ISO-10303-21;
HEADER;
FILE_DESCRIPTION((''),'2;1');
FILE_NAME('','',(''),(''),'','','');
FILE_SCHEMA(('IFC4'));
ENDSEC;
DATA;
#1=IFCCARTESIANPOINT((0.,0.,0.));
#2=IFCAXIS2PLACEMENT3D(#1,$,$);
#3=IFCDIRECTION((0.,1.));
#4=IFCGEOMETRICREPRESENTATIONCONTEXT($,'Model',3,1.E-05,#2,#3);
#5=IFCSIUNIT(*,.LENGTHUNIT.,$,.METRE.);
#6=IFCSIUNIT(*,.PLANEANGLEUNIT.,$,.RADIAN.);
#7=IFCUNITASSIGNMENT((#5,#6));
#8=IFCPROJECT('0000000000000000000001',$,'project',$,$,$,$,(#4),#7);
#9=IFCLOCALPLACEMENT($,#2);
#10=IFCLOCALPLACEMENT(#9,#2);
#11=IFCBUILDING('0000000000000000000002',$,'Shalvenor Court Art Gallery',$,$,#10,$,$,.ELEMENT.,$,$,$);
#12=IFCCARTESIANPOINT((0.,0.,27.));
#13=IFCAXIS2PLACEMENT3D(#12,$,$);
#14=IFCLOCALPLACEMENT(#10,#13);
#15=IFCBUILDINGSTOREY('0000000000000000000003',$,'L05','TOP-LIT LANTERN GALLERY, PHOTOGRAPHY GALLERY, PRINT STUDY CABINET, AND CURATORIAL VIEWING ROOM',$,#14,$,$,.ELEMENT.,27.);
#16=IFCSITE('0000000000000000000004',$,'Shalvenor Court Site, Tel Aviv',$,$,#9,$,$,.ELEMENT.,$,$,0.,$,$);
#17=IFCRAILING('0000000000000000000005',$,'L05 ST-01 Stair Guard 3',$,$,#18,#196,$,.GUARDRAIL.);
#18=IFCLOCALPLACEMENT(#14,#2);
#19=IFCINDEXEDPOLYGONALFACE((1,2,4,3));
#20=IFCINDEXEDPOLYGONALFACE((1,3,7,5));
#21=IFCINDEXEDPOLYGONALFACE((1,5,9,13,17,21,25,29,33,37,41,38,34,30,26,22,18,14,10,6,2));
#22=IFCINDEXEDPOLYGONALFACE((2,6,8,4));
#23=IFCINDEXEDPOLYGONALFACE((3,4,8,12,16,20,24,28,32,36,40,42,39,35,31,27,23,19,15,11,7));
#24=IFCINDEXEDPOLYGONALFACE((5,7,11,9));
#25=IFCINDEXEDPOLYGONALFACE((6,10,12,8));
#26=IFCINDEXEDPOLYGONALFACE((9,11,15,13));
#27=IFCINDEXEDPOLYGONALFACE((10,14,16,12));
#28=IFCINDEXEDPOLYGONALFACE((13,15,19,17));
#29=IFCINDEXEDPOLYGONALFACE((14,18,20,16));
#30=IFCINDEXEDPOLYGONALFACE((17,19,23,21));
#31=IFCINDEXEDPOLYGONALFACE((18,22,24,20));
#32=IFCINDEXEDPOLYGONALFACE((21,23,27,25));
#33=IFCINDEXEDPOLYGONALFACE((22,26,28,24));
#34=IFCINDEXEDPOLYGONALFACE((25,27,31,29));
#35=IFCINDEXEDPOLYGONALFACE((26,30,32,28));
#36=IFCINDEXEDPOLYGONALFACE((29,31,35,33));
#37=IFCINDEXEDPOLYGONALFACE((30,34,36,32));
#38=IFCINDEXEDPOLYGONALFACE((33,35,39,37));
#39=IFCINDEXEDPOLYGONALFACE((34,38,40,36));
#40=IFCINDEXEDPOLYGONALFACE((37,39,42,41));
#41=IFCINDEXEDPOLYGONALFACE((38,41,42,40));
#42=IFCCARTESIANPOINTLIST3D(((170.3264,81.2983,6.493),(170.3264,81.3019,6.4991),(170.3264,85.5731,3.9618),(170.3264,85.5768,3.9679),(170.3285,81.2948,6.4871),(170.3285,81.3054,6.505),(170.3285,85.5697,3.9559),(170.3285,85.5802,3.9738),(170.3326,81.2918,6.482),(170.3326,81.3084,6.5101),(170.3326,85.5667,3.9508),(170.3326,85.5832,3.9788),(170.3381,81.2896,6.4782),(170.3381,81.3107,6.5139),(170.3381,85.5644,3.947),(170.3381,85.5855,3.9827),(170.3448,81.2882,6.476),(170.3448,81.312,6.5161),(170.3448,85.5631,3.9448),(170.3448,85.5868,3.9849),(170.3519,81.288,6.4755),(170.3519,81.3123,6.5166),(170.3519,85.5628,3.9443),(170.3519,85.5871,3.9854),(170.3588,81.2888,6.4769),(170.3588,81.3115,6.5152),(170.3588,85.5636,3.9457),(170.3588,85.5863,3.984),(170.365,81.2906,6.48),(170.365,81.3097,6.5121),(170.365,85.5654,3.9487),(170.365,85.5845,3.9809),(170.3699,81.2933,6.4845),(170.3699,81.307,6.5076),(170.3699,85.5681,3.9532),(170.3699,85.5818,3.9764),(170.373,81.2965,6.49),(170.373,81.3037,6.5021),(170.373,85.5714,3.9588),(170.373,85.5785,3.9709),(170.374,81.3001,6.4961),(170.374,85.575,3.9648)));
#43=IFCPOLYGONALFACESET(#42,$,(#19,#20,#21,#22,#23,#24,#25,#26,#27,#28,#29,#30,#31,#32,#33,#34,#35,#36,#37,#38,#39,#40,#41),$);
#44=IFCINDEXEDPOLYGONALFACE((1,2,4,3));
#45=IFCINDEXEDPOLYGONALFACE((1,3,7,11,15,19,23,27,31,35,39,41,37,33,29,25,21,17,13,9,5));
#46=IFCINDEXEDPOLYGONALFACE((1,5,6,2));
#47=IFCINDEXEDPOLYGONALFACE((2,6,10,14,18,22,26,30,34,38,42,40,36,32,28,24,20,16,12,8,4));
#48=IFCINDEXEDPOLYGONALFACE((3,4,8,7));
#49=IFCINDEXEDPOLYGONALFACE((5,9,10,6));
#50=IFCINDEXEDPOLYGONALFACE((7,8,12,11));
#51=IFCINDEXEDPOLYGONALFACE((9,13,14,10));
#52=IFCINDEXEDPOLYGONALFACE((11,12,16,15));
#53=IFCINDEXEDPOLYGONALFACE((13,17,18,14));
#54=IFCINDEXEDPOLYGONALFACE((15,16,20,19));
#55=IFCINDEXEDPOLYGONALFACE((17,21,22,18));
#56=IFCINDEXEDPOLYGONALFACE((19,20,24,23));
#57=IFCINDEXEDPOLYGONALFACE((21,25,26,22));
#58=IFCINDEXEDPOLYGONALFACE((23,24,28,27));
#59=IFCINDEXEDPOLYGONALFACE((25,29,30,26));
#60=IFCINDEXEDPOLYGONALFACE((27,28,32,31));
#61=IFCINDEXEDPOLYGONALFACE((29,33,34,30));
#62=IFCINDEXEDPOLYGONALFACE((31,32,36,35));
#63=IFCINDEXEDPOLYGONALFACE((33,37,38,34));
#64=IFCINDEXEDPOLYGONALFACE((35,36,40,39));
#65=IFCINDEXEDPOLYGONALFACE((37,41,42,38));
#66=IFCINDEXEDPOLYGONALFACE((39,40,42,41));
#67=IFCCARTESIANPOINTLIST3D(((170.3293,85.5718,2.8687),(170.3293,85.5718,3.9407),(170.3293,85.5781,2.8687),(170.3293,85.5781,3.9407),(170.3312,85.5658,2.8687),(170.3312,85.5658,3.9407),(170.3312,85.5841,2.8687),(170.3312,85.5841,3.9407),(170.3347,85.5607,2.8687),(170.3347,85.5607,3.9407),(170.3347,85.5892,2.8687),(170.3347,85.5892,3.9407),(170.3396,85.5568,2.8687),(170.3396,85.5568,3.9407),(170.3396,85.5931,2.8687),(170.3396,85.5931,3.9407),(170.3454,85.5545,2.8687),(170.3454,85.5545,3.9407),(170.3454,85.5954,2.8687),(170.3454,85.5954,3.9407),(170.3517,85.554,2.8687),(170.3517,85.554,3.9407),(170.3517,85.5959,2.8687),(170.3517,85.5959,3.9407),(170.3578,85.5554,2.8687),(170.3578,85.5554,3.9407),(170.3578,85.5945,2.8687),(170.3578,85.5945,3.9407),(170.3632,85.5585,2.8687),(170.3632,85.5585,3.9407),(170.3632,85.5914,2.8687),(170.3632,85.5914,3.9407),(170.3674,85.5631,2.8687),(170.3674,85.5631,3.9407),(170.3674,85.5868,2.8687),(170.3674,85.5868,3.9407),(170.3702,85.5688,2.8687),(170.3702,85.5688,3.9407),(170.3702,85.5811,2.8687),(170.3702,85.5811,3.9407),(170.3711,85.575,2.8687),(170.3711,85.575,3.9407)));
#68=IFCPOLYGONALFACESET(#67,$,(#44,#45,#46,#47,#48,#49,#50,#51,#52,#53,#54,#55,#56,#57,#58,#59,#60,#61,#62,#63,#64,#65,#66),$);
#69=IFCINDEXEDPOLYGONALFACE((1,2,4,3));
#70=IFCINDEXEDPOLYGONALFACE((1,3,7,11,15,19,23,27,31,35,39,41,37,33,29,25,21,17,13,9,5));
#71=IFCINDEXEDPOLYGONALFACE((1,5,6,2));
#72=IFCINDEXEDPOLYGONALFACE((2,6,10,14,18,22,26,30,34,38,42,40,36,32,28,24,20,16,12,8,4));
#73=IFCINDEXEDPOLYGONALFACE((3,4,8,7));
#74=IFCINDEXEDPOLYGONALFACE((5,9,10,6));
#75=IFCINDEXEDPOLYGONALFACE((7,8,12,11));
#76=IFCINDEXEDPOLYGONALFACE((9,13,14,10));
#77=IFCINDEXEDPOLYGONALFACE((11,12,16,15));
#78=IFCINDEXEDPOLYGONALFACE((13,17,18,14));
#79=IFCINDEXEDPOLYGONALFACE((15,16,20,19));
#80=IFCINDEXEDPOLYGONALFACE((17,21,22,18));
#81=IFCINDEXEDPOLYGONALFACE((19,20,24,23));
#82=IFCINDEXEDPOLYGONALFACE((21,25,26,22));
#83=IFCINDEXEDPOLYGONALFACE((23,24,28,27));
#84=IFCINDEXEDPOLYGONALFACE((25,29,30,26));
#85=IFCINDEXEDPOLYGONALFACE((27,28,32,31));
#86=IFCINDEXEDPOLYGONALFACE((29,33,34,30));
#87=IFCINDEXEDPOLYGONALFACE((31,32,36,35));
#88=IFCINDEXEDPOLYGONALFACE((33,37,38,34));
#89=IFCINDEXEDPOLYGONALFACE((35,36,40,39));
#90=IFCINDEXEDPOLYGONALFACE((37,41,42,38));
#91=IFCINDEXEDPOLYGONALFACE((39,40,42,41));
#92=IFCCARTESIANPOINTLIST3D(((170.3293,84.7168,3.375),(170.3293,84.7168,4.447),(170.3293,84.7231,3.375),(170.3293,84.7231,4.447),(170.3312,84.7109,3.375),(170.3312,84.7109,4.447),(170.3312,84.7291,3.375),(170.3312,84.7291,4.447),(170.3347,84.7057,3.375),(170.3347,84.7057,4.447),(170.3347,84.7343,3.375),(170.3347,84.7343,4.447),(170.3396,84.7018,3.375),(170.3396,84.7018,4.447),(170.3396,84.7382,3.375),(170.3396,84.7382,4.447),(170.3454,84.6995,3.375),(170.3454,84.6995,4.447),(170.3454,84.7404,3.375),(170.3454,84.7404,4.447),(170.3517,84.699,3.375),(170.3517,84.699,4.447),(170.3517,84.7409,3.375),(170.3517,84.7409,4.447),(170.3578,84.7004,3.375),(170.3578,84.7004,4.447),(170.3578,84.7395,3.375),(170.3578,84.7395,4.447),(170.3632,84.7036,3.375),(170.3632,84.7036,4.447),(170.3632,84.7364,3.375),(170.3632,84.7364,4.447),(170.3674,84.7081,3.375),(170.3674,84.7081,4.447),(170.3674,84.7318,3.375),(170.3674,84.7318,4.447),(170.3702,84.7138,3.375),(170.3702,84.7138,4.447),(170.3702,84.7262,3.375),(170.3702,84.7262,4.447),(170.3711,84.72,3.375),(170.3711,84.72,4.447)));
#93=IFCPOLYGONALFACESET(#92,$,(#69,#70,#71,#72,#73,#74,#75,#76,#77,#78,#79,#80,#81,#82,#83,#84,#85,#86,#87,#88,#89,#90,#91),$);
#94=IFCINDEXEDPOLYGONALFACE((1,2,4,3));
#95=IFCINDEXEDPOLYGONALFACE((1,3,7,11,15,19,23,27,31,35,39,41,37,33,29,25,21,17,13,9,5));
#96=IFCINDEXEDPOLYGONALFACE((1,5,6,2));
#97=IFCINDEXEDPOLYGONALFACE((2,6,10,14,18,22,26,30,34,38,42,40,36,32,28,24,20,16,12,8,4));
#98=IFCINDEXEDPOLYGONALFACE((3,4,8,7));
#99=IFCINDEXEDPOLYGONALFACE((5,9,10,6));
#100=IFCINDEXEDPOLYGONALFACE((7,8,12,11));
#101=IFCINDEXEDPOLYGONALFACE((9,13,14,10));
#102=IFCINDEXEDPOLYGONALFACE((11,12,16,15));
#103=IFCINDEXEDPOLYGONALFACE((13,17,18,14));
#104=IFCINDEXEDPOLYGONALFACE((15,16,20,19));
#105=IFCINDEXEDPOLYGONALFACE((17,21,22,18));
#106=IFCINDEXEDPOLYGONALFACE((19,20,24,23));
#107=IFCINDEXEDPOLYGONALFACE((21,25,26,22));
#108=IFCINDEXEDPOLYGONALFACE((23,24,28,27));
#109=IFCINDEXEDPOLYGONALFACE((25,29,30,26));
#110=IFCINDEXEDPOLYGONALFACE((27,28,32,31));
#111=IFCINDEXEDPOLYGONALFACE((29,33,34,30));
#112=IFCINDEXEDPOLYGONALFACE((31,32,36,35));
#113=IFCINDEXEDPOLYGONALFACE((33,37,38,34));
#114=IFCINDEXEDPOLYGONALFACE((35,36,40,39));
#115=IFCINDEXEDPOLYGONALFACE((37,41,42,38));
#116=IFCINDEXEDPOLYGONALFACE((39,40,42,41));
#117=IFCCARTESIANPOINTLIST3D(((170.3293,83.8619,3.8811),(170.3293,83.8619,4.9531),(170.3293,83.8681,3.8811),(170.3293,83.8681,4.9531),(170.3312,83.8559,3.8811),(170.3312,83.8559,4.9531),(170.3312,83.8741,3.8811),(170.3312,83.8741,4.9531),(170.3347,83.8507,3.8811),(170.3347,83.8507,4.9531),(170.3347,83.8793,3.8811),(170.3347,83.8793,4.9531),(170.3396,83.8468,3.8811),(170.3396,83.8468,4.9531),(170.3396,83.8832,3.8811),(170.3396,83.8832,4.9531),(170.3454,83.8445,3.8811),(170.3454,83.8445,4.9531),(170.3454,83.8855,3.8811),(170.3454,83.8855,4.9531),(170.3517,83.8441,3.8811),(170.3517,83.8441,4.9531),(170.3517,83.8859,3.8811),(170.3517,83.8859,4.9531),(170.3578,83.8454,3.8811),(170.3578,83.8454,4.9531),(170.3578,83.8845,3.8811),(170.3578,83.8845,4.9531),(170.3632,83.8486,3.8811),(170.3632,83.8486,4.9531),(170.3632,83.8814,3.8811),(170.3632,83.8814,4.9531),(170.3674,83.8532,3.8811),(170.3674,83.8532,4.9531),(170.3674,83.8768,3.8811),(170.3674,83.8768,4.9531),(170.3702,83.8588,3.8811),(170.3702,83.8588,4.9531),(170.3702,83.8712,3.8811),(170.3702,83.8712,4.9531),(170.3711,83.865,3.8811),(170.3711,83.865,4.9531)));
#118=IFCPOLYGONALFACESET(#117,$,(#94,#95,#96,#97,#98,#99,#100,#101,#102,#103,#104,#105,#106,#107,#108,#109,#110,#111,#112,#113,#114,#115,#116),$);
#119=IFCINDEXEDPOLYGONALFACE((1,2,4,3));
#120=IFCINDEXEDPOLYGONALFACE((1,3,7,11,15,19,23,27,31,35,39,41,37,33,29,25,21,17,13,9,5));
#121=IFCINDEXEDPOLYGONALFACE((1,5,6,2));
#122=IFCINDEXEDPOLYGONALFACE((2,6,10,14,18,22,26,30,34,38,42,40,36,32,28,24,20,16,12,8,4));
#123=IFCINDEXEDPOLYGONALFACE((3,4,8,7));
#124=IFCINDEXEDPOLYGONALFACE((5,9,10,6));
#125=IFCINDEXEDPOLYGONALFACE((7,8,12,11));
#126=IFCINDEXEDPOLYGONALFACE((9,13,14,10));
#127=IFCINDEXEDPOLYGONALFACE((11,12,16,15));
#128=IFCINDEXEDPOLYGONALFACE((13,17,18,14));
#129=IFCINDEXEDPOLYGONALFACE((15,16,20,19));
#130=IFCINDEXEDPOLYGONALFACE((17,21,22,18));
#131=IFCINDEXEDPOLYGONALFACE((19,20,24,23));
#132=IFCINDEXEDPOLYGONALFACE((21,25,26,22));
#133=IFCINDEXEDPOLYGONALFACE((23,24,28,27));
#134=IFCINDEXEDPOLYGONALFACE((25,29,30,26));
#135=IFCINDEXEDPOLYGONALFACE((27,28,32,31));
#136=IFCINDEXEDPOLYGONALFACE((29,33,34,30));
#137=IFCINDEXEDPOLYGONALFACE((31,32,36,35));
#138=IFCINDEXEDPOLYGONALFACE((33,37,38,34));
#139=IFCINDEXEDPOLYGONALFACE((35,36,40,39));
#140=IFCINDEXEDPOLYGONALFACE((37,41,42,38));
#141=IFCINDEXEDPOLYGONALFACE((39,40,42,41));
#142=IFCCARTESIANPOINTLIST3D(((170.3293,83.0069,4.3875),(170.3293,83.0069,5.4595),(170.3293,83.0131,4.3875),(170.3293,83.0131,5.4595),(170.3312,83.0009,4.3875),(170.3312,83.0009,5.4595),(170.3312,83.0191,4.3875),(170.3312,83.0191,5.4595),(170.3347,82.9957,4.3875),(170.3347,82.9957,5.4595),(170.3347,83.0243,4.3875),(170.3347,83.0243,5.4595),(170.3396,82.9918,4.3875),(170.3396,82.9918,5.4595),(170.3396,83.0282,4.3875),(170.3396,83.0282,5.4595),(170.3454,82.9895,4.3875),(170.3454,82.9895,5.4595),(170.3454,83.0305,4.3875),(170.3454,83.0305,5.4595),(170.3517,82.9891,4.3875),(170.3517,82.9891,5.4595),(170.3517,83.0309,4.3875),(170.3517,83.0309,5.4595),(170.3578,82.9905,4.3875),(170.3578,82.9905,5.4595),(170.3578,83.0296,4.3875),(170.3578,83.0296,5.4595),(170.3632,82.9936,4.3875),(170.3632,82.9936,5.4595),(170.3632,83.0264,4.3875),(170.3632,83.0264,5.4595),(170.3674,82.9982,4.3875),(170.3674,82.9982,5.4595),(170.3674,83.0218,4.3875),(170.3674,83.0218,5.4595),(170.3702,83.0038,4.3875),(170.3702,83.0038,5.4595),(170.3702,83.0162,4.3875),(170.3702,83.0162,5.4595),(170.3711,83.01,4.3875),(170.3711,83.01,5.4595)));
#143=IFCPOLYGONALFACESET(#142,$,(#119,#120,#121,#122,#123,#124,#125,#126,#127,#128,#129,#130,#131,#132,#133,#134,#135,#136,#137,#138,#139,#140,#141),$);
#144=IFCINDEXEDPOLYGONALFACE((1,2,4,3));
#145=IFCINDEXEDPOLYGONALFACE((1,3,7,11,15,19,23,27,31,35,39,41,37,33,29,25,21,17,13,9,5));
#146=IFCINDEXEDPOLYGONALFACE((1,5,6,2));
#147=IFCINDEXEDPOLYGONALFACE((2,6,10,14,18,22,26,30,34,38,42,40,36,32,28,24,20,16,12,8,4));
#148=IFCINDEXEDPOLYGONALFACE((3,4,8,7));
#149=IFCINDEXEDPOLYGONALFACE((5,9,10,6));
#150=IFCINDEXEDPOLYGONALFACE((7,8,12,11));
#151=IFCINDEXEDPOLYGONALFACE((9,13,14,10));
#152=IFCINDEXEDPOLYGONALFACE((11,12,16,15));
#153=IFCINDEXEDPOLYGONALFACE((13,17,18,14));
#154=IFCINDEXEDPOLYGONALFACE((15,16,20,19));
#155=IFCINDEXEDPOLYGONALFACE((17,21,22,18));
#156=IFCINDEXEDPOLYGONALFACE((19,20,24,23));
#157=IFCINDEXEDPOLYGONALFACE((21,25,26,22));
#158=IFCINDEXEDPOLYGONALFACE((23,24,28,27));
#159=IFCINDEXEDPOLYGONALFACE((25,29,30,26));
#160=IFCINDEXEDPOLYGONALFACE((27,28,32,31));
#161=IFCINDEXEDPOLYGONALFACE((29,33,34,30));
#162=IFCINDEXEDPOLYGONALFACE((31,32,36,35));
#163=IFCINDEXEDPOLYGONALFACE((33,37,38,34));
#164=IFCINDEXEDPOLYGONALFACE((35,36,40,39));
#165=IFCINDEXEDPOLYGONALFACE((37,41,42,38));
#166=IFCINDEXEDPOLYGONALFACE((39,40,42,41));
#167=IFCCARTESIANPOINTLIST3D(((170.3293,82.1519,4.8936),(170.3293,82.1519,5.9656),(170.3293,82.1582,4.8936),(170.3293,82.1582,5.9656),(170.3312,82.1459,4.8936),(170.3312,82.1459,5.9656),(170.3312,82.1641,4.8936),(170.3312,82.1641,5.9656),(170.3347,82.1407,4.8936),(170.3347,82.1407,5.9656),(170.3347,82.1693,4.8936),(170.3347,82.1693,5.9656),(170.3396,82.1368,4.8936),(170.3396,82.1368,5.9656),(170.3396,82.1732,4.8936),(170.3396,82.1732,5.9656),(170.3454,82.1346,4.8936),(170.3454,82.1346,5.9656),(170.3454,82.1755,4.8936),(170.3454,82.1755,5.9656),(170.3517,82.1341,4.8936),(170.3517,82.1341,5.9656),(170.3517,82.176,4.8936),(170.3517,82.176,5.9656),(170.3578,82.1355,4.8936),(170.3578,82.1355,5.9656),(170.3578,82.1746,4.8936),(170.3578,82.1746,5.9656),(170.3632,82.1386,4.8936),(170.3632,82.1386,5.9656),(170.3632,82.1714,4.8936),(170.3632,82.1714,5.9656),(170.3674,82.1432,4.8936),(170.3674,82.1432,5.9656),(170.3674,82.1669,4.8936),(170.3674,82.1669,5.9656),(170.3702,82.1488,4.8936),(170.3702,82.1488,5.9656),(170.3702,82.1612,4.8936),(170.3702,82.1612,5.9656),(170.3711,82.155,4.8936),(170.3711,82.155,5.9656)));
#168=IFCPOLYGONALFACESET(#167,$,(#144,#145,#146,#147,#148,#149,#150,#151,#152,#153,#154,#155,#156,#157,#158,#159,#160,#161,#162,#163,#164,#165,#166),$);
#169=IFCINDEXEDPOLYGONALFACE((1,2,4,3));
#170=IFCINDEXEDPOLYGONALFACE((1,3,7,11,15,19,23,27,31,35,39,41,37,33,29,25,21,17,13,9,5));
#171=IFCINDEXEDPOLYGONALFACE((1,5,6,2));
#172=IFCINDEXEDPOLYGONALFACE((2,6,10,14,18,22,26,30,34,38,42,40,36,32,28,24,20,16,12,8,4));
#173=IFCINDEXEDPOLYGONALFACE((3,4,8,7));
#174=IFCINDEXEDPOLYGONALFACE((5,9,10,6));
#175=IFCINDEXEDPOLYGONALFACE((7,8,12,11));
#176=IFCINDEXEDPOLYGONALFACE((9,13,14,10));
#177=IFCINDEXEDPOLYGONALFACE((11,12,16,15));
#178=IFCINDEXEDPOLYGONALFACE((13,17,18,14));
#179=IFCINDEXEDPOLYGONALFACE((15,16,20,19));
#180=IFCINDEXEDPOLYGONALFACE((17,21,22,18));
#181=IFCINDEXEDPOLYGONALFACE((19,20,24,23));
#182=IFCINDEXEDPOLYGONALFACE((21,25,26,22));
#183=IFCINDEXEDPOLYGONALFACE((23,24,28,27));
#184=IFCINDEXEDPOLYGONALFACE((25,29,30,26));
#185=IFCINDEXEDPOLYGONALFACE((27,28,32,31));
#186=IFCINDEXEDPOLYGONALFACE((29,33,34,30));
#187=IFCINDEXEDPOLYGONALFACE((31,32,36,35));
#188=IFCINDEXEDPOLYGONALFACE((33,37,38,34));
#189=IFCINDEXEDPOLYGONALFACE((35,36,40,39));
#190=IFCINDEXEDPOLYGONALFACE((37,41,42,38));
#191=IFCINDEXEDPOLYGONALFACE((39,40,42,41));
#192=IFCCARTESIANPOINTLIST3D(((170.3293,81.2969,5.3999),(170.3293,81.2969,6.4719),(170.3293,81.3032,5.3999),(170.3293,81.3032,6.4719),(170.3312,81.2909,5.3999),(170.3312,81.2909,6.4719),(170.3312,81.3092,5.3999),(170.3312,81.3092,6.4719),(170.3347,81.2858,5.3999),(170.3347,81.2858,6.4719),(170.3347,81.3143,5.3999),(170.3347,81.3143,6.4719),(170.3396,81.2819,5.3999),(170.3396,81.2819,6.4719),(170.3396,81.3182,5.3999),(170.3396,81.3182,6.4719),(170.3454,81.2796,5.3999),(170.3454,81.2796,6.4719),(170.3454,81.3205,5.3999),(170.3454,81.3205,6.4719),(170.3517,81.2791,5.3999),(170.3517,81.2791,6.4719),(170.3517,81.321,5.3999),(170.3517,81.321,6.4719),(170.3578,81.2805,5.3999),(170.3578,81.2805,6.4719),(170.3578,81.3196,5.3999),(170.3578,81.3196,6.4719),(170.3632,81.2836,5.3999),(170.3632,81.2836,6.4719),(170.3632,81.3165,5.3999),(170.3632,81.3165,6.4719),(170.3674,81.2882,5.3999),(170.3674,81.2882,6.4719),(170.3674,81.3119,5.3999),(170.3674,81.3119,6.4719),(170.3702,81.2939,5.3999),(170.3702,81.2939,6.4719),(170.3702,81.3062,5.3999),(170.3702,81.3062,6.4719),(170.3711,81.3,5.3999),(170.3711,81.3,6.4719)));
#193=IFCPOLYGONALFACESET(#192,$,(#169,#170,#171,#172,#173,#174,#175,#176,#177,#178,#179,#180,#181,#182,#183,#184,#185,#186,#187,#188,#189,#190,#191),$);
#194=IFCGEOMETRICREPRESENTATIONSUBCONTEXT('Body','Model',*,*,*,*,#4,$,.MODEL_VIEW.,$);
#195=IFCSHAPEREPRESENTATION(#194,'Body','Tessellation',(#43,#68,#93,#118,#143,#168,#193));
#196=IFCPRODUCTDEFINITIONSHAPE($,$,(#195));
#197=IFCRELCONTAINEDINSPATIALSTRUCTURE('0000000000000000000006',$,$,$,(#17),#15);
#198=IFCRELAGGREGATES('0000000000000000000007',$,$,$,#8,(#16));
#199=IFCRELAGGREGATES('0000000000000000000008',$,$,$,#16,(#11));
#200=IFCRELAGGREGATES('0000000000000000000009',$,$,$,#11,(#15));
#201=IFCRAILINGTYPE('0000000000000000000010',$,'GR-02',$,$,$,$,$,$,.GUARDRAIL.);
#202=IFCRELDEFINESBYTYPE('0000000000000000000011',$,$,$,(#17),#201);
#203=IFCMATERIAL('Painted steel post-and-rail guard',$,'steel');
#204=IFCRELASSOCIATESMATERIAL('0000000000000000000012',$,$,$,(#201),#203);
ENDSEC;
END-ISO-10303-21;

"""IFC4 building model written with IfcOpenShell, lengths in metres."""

from ifc_helpers import new_model, si_unit, direction, frame, origin, origin_2d, place, context, subcontext, project, spatial, circle, extrude, material, type_object, element, save


model = new_model("IFC4")

# Units and contexts
model_context = context("Model", 3, precision=1e-05, world=origin(), true_north=direction((0.0, 1.0)))
body_context = subcontext(model_context, "Body", "Model", "MODEL_VIEW")
ifc_project = project(units=[si_unit("LENGTHUNIT", "METRE"), si_unit("PLANEANGLEUNIT", "RADIAN")], contexts=[model_context])

# Site, building, storey
site_placement = place(None, origin())
site = spatial("IfcSite", under=ifc_project, at=site_placement, Name="Shalvenor Court Site, Tel Aviv", CompositionType="ELEMENT", RefElevation=0.0)
building_placement = place(site_placement, origin())
building = spatial("IfcBuilding", under=site, at=building_placement, Name="Shalvenor Court Art Gallery", CompositionType="ELEMENT")
storey_placement = place(building_placement, frame((0.0, 0.0, 27.0)))
storey = spatial("IfcBuildingStorey", under=building, at=storey_placement, Name="L05", Description="TOP-LIT LANTERN GALLERY, PHOTOGRAPHY GALLERY, PRINT STUDY CABINET, AND CURATORIAL VIEWING ROOM", CompositionType="ELEMENT", Elevation=27.0)

# Railing
ifc_material_1 = material(Name="Painted steel post-and-rail guard", Category="steel")
railing_type_1 = type_object("IfcRailingType", Name="GR-02", PredefinedType="GUARDRAIL", material=ifc_material_1)
railing_1_placement = place(storey_placement, frame((170.3501, 85.575, 2.8687)))
element("IfcRailing", 1, at=railing_1_placement, inside=storey, type_object=railing_type_1, Name="L05 ST-01 Stair Guard 3", PredefinedType="GUARDRAIL", context=body_context, shape_type="SweptSolid", body=[
    extrude(circle(Radius=0.0239, at=origin_2d()), frame((0.0, 0.0, 1.0962), z_axis=(0.0, -0.86047, 0.509501), x_axis=(1.0, 0.0, 0.0)), (0.0, 0.0, 1.0), 4.968),
    extrude(circle(Radius=0.021, at=origin_2d()), origin(), (0.0, 0.0, 1.0), 1.072),
    extrude(circle(Radius=0.021, at=origin_2d()), frame((0.0, -0.855, 0.5063)), (0.0, 0.0, 1.0), 1.072),
    extrude(circle(Radius=0.021, at=origin_2d()), frame((0.0, -1.71, 1.0125)), (0.0, 0.0, 1.0), 1.072),
    extrude(circle(Radius=0.021, at=origin_2d()), frame((0.0, -2.5649, 1.5188)), (0.0, 0.0, 1.0), 1.072),
    extrude(circle(Radius=0.021, at=origin_2d()), frame((0.0, -3.4199, 2.0249)), (0.0, 0.0, 1.0), 1.072),
    extrude(circle(Radius=0.021, at=origin_2d()), frame((0.0, -4.2749, 2.5312)), (0.0, 0.0, 1.0), 1.072),
])

save(model, "model.ifc")
